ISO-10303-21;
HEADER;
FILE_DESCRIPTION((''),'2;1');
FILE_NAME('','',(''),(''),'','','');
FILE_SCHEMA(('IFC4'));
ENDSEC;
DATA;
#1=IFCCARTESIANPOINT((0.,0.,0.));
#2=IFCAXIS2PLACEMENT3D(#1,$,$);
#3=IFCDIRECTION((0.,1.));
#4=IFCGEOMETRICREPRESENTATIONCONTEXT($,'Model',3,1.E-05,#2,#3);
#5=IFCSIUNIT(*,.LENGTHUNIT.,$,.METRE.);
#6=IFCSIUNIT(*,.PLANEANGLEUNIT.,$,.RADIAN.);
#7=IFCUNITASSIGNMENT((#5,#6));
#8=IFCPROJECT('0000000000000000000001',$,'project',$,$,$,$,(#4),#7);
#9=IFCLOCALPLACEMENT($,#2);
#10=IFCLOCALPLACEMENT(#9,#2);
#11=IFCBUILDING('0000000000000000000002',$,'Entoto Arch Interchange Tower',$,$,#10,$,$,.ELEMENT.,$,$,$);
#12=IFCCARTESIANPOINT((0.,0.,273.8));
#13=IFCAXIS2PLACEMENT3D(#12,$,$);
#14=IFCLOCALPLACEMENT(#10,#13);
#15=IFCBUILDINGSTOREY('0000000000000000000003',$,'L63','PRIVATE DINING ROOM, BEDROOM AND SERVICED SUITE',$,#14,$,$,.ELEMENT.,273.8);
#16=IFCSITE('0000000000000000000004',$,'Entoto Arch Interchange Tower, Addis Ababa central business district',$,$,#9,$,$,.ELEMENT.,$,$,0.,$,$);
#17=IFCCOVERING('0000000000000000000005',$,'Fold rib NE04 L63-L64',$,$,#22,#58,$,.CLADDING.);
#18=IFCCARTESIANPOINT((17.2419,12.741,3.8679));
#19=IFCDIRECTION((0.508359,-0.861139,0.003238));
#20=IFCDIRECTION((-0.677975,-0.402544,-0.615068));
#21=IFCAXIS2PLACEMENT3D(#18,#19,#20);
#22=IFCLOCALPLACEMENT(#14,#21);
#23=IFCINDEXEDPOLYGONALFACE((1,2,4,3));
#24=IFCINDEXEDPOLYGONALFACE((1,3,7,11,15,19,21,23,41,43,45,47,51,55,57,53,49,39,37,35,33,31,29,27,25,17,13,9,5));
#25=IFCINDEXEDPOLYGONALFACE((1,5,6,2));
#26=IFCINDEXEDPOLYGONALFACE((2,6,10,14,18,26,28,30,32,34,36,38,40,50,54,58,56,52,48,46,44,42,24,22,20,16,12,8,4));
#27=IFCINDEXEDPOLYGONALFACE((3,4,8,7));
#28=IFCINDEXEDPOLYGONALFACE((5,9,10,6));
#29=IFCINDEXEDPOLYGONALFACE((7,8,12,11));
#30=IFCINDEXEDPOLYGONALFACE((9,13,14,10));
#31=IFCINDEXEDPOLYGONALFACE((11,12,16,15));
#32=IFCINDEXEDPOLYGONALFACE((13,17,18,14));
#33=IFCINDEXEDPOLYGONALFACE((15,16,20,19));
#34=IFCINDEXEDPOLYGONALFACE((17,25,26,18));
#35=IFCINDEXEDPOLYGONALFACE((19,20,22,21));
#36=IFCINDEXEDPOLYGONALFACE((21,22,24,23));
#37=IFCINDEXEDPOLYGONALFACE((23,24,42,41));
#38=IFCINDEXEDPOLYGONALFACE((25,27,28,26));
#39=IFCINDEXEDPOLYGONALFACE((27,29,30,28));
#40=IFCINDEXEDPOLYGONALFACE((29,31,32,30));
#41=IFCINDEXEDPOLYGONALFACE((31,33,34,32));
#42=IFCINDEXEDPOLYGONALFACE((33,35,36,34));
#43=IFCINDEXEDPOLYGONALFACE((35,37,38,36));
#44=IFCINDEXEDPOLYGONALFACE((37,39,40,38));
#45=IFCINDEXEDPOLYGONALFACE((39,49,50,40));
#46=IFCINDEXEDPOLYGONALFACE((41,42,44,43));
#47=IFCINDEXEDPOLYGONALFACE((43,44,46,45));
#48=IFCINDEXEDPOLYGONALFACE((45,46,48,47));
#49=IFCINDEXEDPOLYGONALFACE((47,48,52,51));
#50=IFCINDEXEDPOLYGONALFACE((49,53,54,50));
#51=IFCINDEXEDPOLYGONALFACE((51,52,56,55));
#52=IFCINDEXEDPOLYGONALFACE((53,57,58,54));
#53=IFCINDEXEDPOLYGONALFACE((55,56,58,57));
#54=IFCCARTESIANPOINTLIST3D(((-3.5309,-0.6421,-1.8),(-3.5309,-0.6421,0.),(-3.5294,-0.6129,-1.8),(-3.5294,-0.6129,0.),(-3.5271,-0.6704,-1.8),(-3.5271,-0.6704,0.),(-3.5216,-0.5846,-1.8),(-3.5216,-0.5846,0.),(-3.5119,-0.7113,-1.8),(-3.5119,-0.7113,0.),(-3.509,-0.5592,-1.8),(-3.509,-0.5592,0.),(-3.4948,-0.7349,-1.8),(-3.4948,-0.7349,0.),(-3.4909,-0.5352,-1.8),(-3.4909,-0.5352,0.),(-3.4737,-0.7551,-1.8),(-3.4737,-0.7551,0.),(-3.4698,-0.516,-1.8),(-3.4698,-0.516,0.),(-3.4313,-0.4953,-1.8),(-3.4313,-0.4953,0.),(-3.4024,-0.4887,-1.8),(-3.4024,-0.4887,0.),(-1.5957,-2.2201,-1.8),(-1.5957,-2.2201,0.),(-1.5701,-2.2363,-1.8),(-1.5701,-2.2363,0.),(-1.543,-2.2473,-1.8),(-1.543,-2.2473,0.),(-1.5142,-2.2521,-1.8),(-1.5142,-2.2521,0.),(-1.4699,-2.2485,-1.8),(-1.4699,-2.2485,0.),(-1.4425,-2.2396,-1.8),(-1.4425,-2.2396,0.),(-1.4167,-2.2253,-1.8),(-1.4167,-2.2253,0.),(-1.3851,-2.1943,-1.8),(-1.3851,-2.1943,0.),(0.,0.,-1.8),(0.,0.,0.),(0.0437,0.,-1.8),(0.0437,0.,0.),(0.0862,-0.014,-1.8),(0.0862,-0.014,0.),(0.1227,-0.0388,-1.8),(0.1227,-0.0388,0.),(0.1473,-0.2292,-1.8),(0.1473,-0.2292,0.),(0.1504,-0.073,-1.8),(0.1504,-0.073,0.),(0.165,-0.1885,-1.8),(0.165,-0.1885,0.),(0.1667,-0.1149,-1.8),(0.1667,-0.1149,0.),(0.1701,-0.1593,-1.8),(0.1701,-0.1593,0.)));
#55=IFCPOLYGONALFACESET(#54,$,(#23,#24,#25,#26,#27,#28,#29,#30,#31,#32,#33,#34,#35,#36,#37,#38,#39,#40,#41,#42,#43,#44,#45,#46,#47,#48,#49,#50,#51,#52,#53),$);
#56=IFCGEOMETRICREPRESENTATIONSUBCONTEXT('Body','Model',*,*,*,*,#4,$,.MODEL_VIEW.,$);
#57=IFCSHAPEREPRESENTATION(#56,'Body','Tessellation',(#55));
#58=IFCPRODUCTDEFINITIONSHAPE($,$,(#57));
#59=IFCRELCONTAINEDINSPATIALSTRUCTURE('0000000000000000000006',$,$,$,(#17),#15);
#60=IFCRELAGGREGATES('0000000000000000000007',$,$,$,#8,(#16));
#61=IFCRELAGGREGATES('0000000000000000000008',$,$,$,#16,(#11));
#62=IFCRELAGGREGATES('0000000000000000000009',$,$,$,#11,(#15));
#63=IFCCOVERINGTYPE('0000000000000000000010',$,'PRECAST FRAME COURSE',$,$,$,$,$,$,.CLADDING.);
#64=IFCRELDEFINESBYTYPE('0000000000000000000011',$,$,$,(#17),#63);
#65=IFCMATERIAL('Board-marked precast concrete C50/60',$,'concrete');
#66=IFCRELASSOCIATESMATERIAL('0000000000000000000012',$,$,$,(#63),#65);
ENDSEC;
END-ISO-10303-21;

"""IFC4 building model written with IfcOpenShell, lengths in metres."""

from ifc_helpers import new_model, si_unit, direction, frame, origin, place, context, subcontext, project, spatial, polyline, outline, extrude, material, type_object, element, save


model = new_model("IFC4")

# Units and contexts
model_context = context("Model", 3, precision=1e-05, world=origin(), true_north=direction((0.0, 1.0)))
body_context = subcontext(model_context, "Body", "Model", "MODEL_VIEW")
ifc_project = project(units=[si_unit("LENGTHUNIT", "METRE"), si_unit("PLANEANGLEUNIT", "RADIAN")], contexts=[model_context])

# Site, building, storey
site_placement = place(None, origin())
site = spatial("IfcSite", under=ifc_project, at=site_placement, Name="Entoto Arch Interchange Tower, Addis Ababa central business district", CompositionType="ELEMENT", RefElevation=0.0)
building_placement = place(site_placement, origin())
building = spatial("IfcBuilding", under=site, at=building_placement, Name="Entoto Arch Interchange Tower", CompositionType="ELEMENT")
storey_placement = place(building_placement, frame((0.0, 0.0, 273.8)))
storey = spatial("IfcBuildingStorey", under=building, at=storey_placement, Name="L63", Description="PRIVATE DINING ROOM, BEDROOM AND SERVICED SUITE", CompositionType="ELEMENT", Elevation=273.8)

# Covering
ifc_material_1 = material(Name="Board-marked precast concrete C50/60", Category="concrete")
covering_type = type_object("IfcCoveringType", Name="PRECAST FRAME COURSE", PredefinedType="CLADDING", material=ifc_material_1)
covering_placement = place(storey_placement, frame((17.2419, 12.741, 3.8679), z_axis=(0.508359, -0.861139, 0.003238), x_axis=(-0.677975, -0.402544, -0.615068)))
element("IfcCovering", 1, at=covering_placement, inside=storey, type_object=covering_type, Name="Fold rib NE04 L63-L64", PredefinedType="CLADDING", context=body_context, shape_type="SweptSolid", body=[
    extrude(outline(polyline([(0.0, 0.0), (0.0437, 0.0), (0.0862, -0.014), (0.1227, -0.0388), (0.1504, -0.073), (0.1667, -0.1149), (0.1701, -0.1593), (0.165, -0.1885), (0.1473, -0.2292), (-1.3851, -2.1943), (-1.4167, -2.2253), (-1.4425, -2.2396), (-1.4699, -2.2485), (-1.5142, -2.2521), (-1.543, -2.2473), (-1.5701, -2.2363), (-1.5957, -2.2201), (-3.4737, -0.7551), (-3.4948, -0.7349), (-3.5119, -0.7113), (-3.5271, -0.6704), (-3.5309, -0.6421), (-3.5294, -0.6129), (-3.5216, -0.5846), (-3.509, -0.5592), (-3.4909, -0.5352), (-3.4698, -0.516), (-3.4313, -0.4953), (-3.4024, -0.4887), (0.0, 0.0)])), origin(), (0.0, 0.0, -1.0), 1.8),
])

save(model, "model.ifc")
